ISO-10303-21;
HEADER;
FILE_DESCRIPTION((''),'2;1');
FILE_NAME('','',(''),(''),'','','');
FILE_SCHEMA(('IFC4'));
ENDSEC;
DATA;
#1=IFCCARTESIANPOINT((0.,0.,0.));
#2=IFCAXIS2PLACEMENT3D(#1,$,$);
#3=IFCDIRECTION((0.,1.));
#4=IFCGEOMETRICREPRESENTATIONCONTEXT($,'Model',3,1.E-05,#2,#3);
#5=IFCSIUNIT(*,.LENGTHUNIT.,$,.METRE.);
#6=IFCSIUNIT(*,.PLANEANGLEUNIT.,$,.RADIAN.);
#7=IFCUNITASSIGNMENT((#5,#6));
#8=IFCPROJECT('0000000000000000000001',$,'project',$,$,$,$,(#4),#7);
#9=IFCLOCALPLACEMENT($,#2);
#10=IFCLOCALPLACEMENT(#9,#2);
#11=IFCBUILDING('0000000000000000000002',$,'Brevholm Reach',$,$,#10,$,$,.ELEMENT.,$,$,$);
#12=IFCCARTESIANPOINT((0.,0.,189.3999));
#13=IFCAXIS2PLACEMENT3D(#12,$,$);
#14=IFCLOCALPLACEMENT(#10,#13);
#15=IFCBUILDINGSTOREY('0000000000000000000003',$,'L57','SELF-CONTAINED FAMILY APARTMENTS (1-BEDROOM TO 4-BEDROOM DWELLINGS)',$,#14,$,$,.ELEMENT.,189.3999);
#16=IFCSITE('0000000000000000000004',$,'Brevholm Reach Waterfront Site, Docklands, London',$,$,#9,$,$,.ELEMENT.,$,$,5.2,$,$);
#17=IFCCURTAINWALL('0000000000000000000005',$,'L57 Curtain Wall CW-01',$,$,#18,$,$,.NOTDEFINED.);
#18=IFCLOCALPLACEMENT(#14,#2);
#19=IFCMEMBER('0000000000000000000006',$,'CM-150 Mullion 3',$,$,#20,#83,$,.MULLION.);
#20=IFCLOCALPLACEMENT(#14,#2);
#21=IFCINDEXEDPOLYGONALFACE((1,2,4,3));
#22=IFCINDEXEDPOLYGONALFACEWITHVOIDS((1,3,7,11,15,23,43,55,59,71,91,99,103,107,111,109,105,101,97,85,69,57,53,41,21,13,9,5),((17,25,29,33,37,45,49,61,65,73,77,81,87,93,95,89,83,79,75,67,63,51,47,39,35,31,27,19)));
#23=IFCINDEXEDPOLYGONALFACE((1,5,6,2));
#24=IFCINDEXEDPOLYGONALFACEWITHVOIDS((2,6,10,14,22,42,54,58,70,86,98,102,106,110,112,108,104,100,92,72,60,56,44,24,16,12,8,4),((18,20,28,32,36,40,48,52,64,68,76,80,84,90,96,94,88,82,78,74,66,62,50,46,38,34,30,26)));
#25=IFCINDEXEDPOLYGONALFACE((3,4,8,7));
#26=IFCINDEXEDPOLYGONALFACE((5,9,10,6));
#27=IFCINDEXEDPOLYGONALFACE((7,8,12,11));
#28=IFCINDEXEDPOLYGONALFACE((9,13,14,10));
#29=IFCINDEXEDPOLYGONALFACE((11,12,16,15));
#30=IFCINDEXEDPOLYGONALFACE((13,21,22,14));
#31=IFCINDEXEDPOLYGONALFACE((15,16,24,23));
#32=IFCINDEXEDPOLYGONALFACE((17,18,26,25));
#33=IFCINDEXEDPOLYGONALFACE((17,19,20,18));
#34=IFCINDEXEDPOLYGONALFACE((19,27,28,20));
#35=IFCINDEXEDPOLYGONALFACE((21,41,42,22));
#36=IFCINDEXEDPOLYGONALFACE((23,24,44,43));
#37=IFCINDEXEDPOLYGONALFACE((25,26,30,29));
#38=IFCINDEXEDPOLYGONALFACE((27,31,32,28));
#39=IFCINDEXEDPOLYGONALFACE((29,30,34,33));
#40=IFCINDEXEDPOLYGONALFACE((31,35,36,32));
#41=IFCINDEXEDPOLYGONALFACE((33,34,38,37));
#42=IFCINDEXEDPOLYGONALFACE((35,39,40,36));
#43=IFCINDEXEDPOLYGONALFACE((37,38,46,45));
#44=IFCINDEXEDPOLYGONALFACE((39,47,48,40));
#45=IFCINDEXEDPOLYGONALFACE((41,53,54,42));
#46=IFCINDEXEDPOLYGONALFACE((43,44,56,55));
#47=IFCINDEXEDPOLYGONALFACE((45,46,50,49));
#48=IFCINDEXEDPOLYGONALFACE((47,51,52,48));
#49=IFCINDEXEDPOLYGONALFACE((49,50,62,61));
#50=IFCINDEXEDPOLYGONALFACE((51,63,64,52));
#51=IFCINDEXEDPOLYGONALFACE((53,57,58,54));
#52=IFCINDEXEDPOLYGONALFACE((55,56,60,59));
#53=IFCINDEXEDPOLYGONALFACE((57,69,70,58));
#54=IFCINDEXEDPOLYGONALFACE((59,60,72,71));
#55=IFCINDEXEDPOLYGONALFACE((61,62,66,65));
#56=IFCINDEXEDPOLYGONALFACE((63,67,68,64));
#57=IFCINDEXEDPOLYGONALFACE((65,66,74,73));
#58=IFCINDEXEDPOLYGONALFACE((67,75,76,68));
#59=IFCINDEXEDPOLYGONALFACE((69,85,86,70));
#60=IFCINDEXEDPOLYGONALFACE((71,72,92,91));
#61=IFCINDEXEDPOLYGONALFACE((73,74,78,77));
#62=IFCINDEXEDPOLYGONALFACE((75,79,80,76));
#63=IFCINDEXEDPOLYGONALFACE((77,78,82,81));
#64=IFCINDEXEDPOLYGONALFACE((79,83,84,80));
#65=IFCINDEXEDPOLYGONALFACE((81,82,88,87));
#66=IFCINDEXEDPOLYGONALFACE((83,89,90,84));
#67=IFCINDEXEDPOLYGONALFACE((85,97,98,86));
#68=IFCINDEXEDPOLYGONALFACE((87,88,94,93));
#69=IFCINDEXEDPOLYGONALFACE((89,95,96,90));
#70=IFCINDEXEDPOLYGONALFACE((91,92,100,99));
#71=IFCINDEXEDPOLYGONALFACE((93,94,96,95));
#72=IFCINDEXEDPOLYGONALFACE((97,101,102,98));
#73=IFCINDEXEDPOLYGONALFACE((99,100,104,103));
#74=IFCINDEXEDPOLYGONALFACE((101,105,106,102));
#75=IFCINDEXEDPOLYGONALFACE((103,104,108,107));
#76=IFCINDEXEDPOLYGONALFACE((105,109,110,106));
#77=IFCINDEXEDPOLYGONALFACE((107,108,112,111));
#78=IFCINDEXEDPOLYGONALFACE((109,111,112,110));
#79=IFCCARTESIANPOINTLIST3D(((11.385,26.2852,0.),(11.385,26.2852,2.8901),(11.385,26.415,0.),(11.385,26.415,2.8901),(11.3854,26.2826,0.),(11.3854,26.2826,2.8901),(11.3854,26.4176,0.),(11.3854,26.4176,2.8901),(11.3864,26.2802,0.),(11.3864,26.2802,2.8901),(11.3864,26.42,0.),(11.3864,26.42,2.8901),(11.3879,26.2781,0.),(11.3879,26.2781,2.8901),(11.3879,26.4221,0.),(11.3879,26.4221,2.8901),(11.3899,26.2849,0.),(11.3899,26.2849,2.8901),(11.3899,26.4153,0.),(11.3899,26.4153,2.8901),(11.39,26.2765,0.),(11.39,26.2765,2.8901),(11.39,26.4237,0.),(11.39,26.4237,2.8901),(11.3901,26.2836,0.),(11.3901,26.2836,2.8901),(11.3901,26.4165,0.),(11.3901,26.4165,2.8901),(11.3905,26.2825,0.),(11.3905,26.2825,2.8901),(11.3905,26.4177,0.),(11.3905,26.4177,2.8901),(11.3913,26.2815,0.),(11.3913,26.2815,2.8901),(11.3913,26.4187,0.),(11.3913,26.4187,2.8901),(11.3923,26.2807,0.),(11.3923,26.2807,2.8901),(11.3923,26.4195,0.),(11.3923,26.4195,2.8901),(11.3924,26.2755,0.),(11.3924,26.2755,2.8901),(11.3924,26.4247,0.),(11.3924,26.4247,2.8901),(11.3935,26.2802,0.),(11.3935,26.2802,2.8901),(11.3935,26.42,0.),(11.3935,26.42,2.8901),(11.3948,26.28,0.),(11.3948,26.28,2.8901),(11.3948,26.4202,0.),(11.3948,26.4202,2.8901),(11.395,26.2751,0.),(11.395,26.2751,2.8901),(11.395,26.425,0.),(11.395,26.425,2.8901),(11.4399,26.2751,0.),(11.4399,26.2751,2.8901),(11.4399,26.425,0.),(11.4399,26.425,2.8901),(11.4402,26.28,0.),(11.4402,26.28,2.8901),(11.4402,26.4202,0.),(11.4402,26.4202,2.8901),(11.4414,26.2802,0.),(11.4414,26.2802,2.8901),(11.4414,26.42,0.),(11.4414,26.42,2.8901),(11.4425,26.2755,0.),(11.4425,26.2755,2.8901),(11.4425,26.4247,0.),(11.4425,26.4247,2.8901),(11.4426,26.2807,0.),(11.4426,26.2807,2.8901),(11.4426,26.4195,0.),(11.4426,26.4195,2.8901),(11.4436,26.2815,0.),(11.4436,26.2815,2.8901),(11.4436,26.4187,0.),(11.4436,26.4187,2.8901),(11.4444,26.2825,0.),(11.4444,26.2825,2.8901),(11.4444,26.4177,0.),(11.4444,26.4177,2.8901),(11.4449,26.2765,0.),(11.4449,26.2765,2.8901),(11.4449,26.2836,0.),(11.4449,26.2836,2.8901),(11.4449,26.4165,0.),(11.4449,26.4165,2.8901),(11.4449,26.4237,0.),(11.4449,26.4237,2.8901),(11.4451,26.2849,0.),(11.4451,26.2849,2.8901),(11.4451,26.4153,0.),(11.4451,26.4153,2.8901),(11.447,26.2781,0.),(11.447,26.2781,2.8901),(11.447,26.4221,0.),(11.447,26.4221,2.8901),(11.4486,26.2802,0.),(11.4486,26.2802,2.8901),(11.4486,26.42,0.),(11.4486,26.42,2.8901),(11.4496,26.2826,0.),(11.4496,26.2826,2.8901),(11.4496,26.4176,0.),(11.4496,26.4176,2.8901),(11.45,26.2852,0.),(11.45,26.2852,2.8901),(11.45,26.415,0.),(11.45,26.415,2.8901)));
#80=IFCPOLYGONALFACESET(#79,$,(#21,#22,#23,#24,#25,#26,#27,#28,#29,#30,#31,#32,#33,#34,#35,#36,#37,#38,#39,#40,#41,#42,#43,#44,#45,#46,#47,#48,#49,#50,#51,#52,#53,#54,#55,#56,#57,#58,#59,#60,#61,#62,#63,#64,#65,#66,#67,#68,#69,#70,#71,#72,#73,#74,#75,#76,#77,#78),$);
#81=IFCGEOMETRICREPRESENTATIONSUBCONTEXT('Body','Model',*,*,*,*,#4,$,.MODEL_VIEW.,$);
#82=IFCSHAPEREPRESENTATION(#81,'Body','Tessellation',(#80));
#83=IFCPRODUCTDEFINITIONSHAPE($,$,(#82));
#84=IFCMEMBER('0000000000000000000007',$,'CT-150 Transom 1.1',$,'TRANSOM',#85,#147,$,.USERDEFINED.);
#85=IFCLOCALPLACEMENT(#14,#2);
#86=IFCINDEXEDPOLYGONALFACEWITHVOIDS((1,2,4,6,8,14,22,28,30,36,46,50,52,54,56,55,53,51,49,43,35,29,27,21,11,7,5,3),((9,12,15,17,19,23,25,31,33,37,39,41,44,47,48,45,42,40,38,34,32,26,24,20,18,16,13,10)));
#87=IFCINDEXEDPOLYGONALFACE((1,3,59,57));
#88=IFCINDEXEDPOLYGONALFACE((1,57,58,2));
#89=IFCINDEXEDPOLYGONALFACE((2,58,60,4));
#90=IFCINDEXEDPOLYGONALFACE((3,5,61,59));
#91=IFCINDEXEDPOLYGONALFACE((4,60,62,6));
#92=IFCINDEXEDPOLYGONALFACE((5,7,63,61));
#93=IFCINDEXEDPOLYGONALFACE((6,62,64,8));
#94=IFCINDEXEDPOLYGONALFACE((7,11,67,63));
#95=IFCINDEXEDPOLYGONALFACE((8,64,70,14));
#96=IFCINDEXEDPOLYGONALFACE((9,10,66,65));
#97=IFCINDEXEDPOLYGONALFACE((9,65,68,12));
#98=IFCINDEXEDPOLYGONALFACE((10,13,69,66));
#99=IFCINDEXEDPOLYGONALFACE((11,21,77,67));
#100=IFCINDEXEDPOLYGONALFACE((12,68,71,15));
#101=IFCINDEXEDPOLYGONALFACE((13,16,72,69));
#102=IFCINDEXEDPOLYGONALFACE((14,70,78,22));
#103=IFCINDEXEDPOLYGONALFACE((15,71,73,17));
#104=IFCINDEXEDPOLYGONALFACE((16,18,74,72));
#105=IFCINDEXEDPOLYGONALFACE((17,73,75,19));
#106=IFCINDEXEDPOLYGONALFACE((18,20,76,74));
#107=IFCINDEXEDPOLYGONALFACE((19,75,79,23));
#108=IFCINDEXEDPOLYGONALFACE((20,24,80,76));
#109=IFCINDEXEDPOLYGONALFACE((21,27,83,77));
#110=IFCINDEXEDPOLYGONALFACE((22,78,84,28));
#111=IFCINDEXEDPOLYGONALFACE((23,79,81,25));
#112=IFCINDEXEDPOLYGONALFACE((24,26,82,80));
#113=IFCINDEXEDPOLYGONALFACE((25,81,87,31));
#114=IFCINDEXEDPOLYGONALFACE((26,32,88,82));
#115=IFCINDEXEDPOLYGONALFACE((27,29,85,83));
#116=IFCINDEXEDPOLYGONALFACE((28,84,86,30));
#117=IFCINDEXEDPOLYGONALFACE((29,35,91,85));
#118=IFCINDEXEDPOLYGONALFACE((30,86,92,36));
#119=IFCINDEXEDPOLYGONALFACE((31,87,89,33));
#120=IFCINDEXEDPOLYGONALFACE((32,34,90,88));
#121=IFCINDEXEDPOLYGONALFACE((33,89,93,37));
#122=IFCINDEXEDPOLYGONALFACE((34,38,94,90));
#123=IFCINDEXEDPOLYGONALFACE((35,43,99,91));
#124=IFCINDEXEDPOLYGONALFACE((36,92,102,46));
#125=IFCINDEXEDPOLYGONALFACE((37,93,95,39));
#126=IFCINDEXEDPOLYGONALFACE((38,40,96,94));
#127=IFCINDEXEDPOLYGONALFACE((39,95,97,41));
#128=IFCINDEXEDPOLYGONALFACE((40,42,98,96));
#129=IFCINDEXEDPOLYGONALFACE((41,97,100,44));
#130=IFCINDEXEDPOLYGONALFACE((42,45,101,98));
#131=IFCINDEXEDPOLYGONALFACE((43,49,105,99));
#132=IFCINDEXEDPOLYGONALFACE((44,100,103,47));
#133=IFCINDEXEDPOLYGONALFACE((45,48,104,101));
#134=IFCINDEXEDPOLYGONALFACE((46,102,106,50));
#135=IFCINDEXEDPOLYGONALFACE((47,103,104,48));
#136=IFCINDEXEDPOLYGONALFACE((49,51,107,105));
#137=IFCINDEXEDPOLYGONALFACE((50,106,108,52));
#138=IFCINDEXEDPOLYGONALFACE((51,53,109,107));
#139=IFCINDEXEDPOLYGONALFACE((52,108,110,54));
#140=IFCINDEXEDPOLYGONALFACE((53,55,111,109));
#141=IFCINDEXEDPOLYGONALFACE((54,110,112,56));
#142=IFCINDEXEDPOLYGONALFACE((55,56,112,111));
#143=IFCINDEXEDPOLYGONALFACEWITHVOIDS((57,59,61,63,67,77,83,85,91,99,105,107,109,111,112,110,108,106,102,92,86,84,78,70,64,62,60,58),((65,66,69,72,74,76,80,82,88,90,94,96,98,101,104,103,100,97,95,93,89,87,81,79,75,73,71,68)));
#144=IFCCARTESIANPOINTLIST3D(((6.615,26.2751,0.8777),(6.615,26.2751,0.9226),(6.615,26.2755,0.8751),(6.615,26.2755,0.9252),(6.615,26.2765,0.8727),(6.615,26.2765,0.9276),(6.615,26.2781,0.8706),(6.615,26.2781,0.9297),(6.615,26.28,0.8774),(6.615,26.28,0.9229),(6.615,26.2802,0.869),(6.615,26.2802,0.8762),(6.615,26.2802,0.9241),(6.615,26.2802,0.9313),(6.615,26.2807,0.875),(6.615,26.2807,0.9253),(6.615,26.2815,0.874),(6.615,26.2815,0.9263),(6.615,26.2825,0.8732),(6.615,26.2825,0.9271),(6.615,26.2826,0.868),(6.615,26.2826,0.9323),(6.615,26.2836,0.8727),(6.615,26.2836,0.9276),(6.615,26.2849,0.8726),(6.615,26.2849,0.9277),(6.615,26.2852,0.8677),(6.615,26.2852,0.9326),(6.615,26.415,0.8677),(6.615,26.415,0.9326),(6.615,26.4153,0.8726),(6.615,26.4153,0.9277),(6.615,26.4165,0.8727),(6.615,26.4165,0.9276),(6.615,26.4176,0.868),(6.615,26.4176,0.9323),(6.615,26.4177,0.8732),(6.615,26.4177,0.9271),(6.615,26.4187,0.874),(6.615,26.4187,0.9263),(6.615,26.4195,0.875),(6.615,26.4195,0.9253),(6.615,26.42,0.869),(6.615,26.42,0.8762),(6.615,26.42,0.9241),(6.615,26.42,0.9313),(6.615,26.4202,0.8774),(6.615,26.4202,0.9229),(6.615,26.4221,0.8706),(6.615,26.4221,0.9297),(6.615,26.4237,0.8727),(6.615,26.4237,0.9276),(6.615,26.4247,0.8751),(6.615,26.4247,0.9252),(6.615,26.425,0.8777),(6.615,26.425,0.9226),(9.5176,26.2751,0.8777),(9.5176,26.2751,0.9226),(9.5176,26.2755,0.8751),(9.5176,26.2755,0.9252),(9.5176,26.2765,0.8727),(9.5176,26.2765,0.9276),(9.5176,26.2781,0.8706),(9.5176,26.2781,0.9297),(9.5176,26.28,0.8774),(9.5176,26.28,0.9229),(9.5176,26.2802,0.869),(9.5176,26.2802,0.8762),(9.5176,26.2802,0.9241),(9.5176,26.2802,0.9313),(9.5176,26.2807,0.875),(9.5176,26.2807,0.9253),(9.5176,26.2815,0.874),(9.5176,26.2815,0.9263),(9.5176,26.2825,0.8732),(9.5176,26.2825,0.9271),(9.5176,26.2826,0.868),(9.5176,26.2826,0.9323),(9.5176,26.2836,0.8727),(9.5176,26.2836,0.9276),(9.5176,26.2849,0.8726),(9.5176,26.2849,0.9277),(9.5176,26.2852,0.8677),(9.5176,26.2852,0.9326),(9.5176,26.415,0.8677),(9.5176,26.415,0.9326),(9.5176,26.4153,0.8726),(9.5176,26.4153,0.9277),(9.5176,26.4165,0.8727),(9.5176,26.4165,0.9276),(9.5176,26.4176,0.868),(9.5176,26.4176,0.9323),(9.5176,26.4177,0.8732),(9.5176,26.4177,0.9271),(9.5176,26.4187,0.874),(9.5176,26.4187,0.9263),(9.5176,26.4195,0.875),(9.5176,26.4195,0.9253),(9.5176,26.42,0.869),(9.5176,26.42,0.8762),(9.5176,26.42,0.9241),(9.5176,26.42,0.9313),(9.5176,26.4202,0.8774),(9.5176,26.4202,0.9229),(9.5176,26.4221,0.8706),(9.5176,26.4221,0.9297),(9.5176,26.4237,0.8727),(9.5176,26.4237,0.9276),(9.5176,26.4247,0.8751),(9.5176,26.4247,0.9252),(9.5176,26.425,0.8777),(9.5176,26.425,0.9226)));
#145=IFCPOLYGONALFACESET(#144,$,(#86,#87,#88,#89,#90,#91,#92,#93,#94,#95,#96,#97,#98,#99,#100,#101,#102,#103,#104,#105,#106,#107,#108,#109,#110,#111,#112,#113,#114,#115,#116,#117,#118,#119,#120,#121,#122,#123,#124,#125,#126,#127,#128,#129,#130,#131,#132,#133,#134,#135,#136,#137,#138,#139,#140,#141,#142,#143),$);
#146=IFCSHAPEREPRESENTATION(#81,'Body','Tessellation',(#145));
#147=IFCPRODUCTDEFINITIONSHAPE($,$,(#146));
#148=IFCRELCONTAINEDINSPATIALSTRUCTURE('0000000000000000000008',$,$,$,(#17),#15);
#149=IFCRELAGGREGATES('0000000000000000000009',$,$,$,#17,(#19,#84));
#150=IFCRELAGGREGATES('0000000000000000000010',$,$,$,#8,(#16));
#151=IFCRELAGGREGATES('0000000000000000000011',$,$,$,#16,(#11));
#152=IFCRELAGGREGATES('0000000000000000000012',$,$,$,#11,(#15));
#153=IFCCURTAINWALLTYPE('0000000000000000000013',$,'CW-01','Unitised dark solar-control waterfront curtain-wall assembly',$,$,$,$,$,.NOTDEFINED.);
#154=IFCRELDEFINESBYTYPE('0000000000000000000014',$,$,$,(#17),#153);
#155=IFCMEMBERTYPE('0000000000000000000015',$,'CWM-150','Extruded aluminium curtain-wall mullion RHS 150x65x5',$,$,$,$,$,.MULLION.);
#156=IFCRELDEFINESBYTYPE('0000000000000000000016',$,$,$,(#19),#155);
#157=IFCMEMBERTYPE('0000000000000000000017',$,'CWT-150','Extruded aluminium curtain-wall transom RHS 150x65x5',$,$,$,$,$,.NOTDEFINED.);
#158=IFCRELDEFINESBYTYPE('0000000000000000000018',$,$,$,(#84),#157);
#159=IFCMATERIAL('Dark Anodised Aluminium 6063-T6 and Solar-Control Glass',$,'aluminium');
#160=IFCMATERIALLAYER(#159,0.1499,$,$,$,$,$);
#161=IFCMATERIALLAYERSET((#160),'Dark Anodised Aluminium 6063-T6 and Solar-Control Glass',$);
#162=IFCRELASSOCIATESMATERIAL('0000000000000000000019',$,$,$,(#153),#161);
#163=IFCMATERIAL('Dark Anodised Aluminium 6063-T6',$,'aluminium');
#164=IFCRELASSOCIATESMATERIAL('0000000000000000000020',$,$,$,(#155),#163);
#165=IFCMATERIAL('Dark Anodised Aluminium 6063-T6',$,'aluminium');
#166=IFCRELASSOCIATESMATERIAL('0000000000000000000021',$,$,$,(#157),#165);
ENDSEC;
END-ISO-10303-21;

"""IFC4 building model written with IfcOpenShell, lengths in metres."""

from ifc_helpers import new_model, si_unit, direction, frame, origin, origin_2d, place, context, subcontext, project, spatial, hollow_rectangle, extrude, material, layer, layer_set, material_profile, profile_set, type_object, element, aggregate, save


model = new_model("IFC4")

# Units and contexts
model_context = context("Model", 3, precision=1e-05, world=origin(), true_north=direction((0.0, 1.0)))
body_context = subcontext(model_context, "Body", "Model", "MODEL_VIEW")
ifc_project = project(units=[si_unit("LENGTHUNIT", "METRE"), si_unit("PLANEANGLEUNIT", "RADIAN")], contexts=[model_context])

# Site, building, storey
site_placement = place(None, origin())
site = spatial("IfcSite", under=ifc_project, at=site_placement, Name="Brevholm Reach Waterfront Site, Docklands, London", CompositionType="ELEMENT", RefElevation=5.2)
building_placement = place(site_placement, origin())
building = spatial("IfcBuilding", under=site, at=building_placement, Name="Brevholm Reach", CompositionType="ELEMENT")
storey_placement = place(building_placement, frame((0.0, 0.0, 189.3999)))
storey = spatial("IfcBuildingStorey", under=building, at=storey_placement, Name="L57", Description="SELF-CONTAINED FAMILY APARTMENTS (1-BEDROOM TO 4-BEDROOM DWELLINGS)", CompositionType="ELEMENT", Elevation=189.3999)

# Curtain wall, members
ifc_material_1 = material(Name="Dark Anodised Aluminium 6063-T6 and Solar-Control Glass", Category="aluminium")
ifc_layer_1 = layer(ifc_material_1, 0.1499)
ifc_layer_set_1 = layer_set([ifc_layer_1], Name="Dark Anodised Aluminium 6063-T6 and Solar-Control Glass")
curtain_wall_type = type_object("IfcCurtainWallType", Name="CW-01", Description="Unitised dark solar-control waterfront curtain-wall assembly", PredefinedType="NOTDEFINED", material=ifc_layer_set_1)
curtain_wall_placement = place(storey_placement, origin())
curtain_wall = element("IfcCurtainWall", 1, at=curtain_wall_placement, inside=storey, type_object=curtain_wall_type, Name="L57 Curtain Wall CW-01", PredefinedType="NOTDEFINED")
ifc_material_2 = material(Name="Dark Anodised Aluminium 6063-T6", Category="aluminium")
ifc_material_profile_1 = material_profile(ifc_material_2, hollow_rectangle(XDim=0.0649, YDim=0.1499, WallThickness=0.0049, InnerFilletRadius=0.0049, OuterFilletRadius=0.01, at=origin_2d()), Name="RHS 150x65x5")
ifc_profile_set_1 = profile_set([ifc_material_profile_1], Name="Dark Anodised Aluminium 6063-T6")
member_type_1 = type_object("IfcMemberType", Name="CWM-150", Description="Extruded aluminium curtain-wall mullion RHS 150x65x5", PredefinedType="MULLION", material=ifc_profile_set_1)
member_1_placement = place(storey_placement, frame((11.4175, 26.3501, 0.0), z_axis=(0.0, 0.0, 1.0), x_axis=(1.0, 0.0, 0.0)))
member_1 = element("IfcMember", 2, at=member_1_placement, type_object=member_type_1, Name="CM-150 Mullion 3", PredefinedType="MULLION", context=body_context, shape_type="SweptSolid", body=[
    extrude(hollow_rectangle(XDim=0.0649, YDim=0.1499, WallThickness=0.0049, InnerFilletRadius=0.0049, OuterFilletRadius=0.01, at=origin_2d()), origin(), (0.0, 0.0, 1.0), 2.8901),
])
ifc_material_3 = material(Name="Dark Anodised Aluminium 6063-T6", Category="aluminium")
ifc_material_profile_2 = material_profile(ifc_material_3, hollow_rectangle(XDim=0.0649, YDim=0.1499, WallThickness=0.0049, InnerFilletRadius=0.0049, OuterFilletRadius=0.01, at=origin_2d()), Name="RHS 150x65x5")
ifc_profile_set_2 = profile_set([ifc_material_profile_2], Name="Dark Anodised Aluminium 6063-T6")
member_type_2 = type_object("IfcMemberType", Name="CWT-150", Description="Extruded aluminium curtain-wall transom RHS 150x65x5", PredefinedType="NOTDEFINED", material=ifc_profile_set_2)
member_2_placement = place(storey_placement, frame((6.615, 26.3501, 0.9001), z_axis=(1.0, 0.0, 0.0), x_axis=(0.0, 0.0, 1.0)))
member_2 = element("IfcMember", 3, at=member_2_placement, type_object=member_type_2, Name="CT-150 Transom 1.1", ObjectType="TRANSOM", PredefinedType="USERDEFINED", context=body_context, shape_type="SweptSolid", body=[
    extrude(hollow_rectangle(XDim=0.0649, YDim=0.1499, WallThickness=0.0049, InnerFilletRadius=0.0049, OuterFilletRadius=0.01, at=origin_2d()), origin(), (0.0, 0.0, 1.0), 2.9026),
])
aggregate(curtain_wall, [member_1, member_2])

save(model, "model.ifc")
